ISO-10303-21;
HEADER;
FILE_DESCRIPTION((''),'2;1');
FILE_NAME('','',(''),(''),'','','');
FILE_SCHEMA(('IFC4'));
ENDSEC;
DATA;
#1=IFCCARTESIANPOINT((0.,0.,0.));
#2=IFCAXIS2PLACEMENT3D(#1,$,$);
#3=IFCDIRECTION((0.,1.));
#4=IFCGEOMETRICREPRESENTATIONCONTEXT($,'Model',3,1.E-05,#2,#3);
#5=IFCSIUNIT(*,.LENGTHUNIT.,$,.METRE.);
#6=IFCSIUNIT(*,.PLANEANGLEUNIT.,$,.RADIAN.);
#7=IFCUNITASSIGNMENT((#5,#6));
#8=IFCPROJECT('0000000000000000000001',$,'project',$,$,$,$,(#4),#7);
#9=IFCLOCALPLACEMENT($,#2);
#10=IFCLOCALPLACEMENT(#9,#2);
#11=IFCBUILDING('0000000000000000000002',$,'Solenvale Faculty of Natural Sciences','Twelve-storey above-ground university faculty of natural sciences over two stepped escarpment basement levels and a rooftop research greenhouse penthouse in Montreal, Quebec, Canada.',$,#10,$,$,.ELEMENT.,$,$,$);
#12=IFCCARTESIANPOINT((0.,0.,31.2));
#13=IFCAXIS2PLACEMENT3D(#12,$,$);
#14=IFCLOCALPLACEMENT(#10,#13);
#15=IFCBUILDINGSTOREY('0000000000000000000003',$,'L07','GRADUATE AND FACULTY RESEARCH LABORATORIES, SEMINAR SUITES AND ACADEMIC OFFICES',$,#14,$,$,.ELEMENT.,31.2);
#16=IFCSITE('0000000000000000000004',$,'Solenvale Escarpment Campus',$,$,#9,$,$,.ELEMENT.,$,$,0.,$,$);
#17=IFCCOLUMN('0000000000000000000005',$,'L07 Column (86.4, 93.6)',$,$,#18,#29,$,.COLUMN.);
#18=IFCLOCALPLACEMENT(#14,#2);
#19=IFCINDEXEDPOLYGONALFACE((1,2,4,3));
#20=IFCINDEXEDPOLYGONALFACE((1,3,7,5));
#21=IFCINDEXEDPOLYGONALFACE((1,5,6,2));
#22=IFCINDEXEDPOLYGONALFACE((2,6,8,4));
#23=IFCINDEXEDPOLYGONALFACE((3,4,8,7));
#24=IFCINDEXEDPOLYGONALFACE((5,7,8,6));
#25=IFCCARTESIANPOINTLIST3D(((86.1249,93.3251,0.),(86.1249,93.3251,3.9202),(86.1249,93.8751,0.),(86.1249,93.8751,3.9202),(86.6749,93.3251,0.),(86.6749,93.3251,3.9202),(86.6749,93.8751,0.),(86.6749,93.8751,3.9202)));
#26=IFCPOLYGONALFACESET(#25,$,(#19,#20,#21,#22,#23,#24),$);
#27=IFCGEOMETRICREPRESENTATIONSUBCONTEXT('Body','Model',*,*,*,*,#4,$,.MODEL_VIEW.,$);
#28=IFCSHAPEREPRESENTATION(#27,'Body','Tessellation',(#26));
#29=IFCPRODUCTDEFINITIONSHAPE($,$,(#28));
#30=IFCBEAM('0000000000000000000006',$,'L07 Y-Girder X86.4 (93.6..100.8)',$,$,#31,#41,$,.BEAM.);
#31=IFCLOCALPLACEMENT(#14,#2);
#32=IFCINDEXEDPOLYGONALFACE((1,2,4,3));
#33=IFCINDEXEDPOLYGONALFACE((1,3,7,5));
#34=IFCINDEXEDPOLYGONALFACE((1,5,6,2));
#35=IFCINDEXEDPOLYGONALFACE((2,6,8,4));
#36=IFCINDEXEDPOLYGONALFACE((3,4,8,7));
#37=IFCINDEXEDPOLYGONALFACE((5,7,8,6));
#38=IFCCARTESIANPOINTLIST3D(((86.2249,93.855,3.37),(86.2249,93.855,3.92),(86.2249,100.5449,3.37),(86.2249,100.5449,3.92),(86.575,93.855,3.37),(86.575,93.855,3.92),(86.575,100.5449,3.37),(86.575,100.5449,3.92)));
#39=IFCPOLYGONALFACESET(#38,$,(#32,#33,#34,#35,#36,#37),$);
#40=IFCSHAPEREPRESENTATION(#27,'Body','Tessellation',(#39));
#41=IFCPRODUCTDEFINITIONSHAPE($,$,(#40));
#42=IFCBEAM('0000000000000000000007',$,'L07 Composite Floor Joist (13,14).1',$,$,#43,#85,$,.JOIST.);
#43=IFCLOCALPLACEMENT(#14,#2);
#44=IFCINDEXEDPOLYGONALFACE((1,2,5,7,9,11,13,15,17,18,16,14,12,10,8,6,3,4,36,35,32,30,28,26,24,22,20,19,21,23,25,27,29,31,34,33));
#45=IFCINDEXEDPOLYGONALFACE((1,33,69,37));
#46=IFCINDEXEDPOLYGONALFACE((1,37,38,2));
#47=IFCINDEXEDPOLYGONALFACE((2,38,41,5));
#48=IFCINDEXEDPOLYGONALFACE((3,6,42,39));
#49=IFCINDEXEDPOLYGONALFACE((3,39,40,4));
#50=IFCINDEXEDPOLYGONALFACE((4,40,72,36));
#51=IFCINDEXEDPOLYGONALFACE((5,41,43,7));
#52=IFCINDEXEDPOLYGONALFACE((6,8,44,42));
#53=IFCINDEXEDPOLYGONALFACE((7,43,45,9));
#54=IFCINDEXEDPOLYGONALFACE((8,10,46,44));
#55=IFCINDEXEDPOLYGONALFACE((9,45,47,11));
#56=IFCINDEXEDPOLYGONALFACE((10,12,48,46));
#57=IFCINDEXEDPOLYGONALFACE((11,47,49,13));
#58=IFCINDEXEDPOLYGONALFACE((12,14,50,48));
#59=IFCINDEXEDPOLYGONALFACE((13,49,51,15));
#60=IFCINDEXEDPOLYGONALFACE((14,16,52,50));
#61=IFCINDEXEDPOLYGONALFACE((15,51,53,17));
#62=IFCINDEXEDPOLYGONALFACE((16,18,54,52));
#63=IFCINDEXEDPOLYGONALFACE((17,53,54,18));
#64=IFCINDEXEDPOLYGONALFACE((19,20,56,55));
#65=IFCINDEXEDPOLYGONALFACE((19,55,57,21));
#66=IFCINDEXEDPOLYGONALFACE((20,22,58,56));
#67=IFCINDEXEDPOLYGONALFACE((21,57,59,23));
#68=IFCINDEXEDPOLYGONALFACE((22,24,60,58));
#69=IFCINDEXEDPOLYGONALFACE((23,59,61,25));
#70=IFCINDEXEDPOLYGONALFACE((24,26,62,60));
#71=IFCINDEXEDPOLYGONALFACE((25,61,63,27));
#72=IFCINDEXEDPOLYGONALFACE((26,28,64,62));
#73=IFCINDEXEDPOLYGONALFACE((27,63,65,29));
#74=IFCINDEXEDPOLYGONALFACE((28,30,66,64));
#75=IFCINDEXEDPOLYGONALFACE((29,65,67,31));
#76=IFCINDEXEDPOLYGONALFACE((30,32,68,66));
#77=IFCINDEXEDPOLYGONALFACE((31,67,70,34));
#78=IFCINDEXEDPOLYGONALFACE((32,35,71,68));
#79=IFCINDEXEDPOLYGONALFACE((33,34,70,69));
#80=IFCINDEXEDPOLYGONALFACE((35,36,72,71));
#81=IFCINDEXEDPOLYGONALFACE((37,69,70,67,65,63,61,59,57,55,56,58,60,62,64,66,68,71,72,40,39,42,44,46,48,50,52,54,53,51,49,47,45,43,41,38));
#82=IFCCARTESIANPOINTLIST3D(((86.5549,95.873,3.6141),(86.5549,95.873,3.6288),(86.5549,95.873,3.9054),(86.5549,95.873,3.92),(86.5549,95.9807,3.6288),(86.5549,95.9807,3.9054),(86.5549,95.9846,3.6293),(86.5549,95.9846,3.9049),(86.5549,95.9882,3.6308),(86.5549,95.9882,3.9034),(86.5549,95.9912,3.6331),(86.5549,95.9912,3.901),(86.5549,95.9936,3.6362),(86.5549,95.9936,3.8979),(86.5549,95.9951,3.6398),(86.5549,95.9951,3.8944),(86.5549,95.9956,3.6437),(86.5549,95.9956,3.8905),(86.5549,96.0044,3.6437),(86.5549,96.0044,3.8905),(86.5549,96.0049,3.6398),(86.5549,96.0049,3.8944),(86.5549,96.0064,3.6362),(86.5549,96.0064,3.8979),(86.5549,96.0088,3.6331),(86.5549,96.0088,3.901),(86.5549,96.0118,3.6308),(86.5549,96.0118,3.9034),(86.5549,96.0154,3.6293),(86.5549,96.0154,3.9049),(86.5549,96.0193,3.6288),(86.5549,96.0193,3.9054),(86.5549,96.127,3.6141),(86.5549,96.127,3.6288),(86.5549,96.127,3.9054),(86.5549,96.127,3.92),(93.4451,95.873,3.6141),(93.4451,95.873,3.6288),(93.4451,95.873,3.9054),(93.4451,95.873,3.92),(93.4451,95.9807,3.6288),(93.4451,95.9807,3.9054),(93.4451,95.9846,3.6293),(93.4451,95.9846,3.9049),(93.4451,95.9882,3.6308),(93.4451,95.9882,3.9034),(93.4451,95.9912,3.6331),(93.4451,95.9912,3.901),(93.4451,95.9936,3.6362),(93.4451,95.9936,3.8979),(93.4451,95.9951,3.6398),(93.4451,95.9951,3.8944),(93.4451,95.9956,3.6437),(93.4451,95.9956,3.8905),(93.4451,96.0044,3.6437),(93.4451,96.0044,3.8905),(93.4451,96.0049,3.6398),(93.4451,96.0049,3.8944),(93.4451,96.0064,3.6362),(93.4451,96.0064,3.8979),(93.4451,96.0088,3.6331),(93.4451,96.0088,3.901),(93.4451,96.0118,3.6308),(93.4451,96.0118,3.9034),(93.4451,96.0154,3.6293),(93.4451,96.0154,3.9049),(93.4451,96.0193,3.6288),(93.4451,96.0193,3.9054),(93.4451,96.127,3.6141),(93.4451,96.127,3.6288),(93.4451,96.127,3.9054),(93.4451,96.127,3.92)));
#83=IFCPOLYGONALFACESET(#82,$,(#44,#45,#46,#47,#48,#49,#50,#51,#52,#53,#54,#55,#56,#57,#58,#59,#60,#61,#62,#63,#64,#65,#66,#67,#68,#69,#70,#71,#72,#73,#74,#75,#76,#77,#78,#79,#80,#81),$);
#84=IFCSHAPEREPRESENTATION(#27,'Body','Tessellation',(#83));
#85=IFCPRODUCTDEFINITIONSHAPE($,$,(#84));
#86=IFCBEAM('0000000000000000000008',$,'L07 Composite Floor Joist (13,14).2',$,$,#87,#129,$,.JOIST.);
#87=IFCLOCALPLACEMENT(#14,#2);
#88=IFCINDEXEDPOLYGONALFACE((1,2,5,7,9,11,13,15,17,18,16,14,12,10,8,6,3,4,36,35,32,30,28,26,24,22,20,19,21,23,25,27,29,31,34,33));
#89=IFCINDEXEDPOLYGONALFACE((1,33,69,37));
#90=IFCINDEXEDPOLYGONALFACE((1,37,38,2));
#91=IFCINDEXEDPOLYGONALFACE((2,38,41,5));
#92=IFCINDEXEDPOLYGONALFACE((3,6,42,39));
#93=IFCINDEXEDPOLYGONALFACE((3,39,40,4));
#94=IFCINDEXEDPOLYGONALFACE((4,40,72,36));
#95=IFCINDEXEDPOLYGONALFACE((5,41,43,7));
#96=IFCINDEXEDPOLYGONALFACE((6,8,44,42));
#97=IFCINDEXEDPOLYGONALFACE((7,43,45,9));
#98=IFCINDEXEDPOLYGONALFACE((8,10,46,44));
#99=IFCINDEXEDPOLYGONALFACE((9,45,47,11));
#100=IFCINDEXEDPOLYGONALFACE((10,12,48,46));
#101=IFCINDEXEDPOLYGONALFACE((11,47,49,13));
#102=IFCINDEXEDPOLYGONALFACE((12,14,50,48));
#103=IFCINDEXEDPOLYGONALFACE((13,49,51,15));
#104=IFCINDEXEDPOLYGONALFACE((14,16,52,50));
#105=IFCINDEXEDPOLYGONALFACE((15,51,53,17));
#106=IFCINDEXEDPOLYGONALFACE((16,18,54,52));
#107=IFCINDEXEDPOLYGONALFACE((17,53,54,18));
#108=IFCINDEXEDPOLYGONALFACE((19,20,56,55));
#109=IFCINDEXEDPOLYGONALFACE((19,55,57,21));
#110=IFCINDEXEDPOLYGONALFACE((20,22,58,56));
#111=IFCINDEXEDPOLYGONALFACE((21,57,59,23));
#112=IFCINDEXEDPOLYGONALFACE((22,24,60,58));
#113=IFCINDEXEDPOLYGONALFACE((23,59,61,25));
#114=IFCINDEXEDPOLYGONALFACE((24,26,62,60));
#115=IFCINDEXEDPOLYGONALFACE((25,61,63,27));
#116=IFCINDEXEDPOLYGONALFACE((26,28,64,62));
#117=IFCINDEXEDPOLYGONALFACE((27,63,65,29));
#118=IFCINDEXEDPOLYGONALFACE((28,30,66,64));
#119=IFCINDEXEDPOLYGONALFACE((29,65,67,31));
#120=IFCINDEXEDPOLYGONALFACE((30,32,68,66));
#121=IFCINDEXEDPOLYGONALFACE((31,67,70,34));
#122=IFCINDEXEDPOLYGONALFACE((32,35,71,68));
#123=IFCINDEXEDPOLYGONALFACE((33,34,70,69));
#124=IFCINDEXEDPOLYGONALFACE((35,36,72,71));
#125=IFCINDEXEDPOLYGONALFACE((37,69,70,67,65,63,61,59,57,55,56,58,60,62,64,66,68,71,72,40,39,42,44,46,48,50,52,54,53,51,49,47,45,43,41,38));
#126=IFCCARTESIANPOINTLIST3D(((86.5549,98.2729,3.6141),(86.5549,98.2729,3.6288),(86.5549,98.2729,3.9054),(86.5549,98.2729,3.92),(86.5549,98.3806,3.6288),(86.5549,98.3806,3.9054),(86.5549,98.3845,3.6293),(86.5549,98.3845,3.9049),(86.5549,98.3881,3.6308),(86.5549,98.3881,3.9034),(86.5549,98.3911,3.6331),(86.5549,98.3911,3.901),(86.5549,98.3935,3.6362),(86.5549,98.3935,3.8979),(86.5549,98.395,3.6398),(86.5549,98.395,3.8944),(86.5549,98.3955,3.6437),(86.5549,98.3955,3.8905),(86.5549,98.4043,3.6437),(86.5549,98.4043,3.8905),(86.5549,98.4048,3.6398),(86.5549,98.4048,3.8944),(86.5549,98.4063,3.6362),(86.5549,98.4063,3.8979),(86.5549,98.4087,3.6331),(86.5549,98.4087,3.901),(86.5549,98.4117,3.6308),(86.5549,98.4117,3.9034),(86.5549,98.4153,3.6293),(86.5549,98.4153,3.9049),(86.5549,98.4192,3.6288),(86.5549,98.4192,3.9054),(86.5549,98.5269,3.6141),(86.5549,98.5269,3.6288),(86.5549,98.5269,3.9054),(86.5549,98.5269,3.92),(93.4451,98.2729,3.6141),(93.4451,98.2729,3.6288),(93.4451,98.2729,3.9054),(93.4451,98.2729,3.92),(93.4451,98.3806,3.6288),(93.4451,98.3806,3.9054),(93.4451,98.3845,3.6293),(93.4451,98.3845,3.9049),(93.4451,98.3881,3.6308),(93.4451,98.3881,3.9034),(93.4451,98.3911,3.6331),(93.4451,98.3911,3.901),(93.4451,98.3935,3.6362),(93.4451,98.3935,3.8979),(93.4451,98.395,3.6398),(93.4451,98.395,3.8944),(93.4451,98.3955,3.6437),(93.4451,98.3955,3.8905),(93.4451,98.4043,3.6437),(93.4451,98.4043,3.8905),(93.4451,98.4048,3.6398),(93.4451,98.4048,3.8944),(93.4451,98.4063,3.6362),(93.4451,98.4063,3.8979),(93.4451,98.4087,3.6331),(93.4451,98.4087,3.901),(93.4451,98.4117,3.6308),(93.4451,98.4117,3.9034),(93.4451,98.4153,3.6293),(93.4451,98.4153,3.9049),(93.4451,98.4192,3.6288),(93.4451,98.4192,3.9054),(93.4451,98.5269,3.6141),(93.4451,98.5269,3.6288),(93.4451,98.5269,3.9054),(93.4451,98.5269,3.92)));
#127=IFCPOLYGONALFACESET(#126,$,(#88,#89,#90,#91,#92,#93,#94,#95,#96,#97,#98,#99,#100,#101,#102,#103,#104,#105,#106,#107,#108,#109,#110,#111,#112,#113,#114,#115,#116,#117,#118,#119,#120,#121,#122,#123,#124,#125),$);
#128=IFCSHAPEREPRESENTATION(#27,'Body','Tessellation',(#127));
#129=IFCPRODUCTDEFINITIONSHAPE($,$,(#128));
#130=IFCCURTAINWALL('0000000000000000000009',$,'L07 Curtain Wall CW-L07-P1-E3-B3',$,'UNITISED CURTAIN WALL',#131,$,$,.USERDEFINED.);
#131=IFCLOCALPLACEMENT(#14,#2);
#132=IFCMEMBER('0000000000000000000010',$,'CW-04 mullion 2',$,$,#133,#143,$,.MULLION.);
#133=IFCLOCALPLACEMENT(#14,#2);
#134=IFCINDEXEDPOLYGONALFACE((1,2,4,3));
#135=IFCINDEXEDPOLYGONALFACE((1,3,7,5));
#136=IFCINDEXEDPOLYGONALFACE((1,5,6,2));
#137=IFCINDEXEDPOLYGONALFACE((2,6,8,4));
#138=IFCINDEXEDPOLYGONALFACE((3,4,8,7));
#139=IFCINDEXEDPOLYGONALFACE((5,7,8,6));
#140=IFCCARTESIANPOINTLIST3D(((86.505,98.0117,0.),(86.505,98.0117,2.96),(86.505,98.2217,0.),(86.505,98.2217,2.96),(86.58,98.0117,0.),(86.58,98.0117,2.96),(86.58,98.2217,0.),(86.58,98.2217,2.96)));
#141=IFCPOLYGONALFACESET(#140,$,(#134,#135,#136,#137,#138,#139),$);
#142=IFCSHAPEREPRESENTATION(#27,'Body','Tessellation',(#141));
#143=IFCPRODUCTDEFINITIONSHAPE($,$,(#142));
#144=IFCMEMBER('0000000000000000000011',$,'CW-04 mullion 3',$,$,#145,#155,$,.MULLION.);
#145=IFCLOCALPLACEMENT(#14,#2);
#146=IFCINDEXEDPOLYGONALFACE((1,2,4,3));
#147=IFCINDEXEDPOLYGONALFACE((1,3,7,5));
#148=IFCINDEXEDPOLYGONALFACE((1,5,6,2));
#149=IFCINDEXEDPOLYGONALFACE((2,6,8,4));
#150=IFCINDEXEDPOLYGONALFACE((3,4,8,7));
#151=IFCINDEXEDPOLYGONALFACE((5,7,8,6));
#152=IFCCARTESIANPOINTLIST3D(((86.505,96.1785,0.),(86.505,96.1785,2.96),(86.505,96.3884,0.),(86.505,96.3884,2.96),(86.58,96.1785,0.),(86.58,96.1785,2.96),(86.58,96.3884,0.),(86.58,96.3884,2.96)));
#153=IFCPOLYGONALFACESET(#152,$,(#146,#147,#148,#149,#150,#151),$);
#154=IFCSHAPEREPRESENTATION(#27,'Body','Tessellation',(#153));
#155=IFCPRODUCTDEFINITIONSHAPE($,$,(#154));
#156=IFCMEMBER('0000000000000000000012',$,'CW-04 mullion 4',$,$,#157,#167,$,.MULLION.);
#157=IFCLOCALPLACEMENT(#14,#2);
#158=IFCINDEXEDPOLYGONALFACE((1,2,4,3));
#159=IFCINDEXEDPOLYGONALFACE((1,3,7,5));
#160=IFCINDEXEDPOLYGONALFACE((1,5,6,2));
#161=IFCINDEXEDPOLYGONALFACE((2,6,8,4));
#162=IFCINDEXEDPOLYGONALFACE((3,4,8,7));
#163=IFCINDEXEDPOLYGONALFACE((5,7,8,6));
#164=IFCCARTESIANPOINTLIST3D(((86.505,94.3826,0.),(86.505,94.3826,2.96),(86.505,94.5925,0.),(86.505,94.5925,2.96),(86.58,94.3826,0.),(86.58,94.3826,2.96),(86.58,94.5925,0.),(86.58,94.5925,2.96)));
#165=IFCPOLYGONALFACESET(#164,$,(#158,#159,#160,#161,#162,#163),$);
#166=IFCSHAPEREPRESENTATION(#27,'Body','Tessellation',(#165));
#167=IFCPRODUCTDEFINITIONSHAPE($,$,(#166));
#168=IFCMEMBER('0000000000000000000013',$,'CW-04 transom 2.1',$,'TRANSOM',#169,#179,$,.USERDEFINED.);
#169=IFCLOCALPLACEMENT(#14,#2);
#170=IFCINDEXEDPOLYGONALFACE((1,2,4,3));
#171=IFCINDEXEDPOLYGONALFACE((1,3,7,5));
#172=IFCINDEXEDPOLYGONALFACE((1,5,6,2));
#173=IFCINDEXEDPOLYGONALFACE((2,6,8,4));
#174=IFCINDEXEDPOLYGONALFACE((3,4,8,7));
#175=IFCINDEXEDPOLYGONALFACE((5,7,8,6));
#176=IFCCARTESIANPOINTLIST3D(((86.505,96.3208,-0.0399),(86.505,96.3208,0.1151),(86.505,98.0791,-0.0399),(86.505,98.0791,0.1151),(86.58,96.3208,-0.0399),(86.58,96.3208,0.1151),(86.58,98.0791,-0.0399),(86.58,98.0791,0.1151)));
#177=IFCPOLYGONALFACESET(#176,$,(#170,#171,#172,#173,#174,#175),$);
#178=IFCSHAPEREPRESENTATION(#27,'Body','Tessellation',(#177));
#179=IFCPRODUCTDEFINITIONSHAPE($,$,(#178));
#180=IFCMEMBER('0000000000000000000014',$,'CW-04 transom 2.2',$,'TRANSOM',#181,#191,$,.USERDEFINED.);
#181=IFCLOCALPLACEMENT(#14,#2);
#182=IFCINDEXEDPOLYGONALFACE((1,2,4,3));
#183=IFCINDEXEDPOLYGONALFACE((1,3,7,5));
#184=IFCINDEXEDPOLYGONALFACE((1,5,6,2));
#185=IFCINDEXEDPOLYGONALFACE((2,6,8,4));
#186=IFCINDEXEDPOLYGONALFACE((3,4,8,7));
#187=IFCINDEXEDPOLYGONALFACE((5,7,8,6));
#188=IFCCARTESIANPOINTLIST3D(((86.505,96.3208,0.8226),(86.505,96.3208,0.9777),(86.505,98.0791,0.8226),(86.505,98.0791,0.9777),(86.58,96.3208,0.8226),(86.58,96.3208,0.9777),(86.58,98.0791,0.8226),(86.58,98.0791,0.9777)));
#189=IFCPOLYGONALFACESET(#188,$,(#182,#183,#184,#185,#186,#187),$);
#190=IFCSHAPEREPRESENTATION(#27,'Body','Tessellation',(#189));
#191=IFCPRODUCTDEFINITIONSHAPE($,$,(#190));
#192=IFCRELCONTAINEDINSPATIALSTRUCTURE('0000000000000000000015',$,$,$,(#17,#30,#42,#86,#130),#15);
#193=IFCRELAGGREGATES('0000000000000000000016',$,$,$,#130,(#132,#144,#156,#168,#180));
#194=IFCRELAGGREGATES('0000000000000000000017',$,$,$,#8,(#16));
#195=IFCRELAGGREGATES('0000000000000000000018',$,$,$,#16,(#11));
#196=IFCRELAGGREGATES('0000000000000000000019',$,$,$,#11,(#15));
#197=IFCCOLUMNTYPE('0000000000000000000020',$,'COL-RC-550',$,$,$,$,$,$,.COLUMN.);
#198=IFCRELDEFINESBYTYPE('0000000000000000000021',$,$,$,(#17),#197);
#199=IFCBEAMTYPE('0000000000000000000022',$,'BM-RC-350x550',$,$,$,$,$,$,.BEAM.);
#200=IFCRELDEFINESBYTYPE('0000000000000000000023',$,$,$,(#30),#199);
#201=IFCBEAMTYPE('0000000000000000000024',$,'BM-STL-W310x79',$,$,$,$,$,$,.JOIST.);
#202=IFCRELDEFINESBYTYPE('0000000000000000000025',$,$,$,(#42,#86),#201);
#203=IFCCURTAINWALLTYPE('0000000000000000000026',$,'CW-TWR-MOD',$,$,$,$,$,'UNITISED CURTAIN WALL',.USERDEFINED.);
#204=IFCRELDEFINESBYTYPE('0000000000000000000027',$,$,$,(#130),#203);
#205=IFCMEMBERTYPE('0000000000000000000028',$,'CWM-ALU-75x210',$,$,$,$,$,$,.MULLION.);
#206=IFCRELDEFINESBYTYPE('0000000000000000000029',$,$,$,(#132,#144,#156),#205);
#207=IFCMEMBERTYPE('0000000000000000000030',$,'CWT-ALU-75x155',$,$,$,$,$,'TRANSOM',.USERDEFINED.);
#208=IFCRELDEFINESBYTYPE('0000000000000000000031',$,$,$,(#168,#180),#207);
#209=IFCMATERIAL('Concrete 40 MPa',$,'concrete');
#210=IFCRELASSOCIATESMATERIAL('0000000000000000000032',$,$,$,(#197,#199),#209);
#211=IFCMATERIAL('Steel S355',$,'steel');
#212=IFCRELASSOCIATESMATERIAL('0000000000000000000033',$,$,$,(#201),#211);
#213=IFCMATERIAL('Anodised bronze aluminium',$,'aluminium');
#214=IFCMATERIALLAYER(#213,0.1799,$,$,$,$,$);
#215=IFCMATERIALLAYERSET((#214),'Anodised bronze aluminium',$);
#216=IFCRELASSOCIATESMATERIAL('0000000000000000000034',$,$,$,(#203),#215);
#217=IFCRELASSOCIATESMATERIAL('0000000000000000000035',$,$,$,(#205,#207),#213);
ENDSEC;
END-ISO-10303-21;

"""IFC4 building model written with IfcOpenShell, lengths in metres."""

from ifc_helpers import new_model, si_unit, direction, frame, origin, origin_2d, place, context, subcontext, project, spatial, rectangle, i_section, extrude, material, layer, layer_set, material_profile, profile_set, type_object, element, aggregate, save


model = new_model("IFC4")

# Units and contexts
model_context = context("Model", 3, precision=1e-05, world=origin(), true_north=direction((0.0, 1.0)))
body_context = subcontext(model_context, "Body", "Model", "MODEL_VIEW")
ifc_project = project(units=[si_unit("LENGTHUNIT", "METRE"), si_unit("PLANEANGLEUNIT", "RADIAN")], contexts=[model_context])

# Site, building, storey
site_placement = place(None, origin())
site = spatial("IfcSite", under=ifc_project, at=site_placement, Name="Solenvale Escarpment Campus", CompositionType="ELEMENT", RefElevation=0.0)
building_placement = place(site_placement, origin())
building = spatial("IfcBuilding", under=site, at=building_placement, Name="Solenvale Faculty of Natural Sciences", Description="Twelve-storey above-ground university faculty of natural sciences over two stepped escarpment basement levels and a rooftop research greenhouse penthouse in Montreal, Quebec, Canada.", CompositionType="ELEMENT")
storey_placement = place(building_placement, frame((0.0, 0.0, 31.2)))
storey = spatial("IfcBuildingStorey", under=building, at=storey_placement, Name="L07", Description="GRADUATE AND FACULTY RESEARCH LABORATORIES, SEMINAR SUITES AND ACADEMIC OFFICES", CompositionType="ELEMENT", Elevation=31.2)

# Column
ifc_material_1 = material(Name="Concrete 40 MPa", Category="concrete")
ifc_material_profile_1 = material_profile(ifc_material_1, rectangle(XDim=0.55, YDim=0.55, at=origin_2d()), Name="RC-COL-550x550")
ifc_profile_set_1 = profile_set([ifc_material_profile_1], Name="Concrete 40 MPa")
column_type = type_object("IfcColumnType", Name="COL-RC-550", PredefinedType="COLUMN", material=ifc_profile_set_1)
column_placement = place(storey_placement, frame((86.3999, 93.6001, 0.0), z_axis=(0.0, 0.0, 1.0), x_axis=(1.0, 0.0, 0.0)))
element("IfcColumn", 1, at=column_placement, inside=storey, type_object=column_type, Name="L07 Column (86.4, 93.6)", PredefinedType="COLUMN", context=body_context, shape_type="SweptSolid", body=[
    extrude(rectangle(XDim=0.55, YDim=0.55, at=origin_2d()), origin(), (0.0, 0.0, 1.0), 3.9202),
])

# Beams
ifc_material_profile_2 = material_profile(ifc_material_1, rectangle(XDim=0.3501, YDim=0.55, at=origin_2d()), Name="RC-BM-350x550")
ifc_profile_set_2 = profile_set([ifc_material_profile_2], Name="Concrete 40 MPa")
beam_type_1 = type_object("IfcBeamType", Name="BM-RC-350x550", PredefinedType="BEAM", material=ifc_profile_set_2)
beam_placement = place(storey_placement, frame((86.3999, 93.855, 3.645), z_axis=(0.0, 1.0, 0.0), x_axis=(-1.0, 0.0, 0.0)))
element("IfcBeam", 2, at=beam_placement, inside=storey, type_object=beam_type_1, Name="L07 Y-Girder X86.4 (93.6..100.8)", PredefinedType="BEAM", context=body_context, shape_type="SweptSolid", body=[
    extrude(rectangle(XDim=0.3501, YDim=0.55, at=origin_2d()), origin(), (0.0, 0.0, 1.0), 6.6899),
])
ifc_material_2 = material(Name="Steel S355", Category="steel")
ifc_material_profile_3 = material_profile(ifc_material_2, i_section(OverallWidth=0.2539, OverallDepth=0.3059, WebThickness=0.0088, FlangeThickness=0.0146, FilletRadius=0.0149, at=origin_2d()), Name="W310x79")
ifc_profile_set_3 = profile_set([ifc_material_profile_3], Name="Steel S355")
beam_type_2 = type_object("IfcBeamType", Name="BM-STL-W310x79", PredefinedType="JOIST", material=ifc_profile_set_3)
for number, where, z_axis, x_axis, name in (
    (3, (86.5549, 96.0, 3.7671), (1.0, 0.0, 0.0), (0.0, 1.0, 0.0), "L07 Composite Floor Joist (13,14).1"),
    (4, (86.5549, 98.3999, 3.7671), (1.0, 0.0, 0.0), (0.0, 1.0, 0.0), "L07 Composite Floor Joist (13,14).2"),
):
    element("IfcBeam", number, at=place(storey_placement, frame(where, z_axis=z_axis, x_axis=x_axis)), inside=storey, type_object=beam_type_2, Name=name, PredefinedType="JOIST", context=body_context, shape_type="SweptSolid", body=[
        extrude(i_section(OverallWidth=0.2539, OverallDepth=0.3059, WebThickness=0.0088, FlangeThickness=0.0146, FilletRadius=0.0149, at=origin_2d()), origin(), (0.0, 0.0, 1.0), 6.8901),
    ])

# Curtain wall, members
ifc_material_3 = material(Name="Anodised bronze aluminium", Category="aluminium")
ifc_layer_1 = layer(ifc_material_3, 0.1799)
ifc_layer_set_1 = layer_set([ifc_layer_1], Name="Anodised bronze aluminium")
curtain_wall_type = type_object("IfcCurtainWallType", Name="CW-TWR-MOD", ElementType="UNITISED CURTAIN WALL", PredefinedType="USERDEFINED", material=ifc_layer_set_1)
curtain_wall_placement = place(storey_placement, origin())
curtain_wall = element("IfcCurtainWall", 5, at=curtain_wall_placement, inside=storey, type_object=curtain_wall_type, Name="L07 Curtain Wall CW-L07-P1-E3-B3", ObjectType="UNITISED CURTAIN WALL", PredefinedType="USERDEFINED")
ifc_material_profile_4 = material_profile(ifc_material_3, rectangle(XDim=0.075, YDim=0.21, at=origin_2d()), Name="ALU-MUL-75x210")
ifc_profile_set_4 = profile_set([ifc_material_profile_4], Name="Anodised bronze aluminium")
member_type_1 = type_object("IfcMemberType", Name="CWM-ALU-75x210", PredefinedType="MULLION", material=ifc_profile_set_4)
member_1_placement = place(storey_placement, frame((86.5425, 98.1167, 0.0), z_axis=(0.0, 0.0, 1.0), x_axis=(1.0, 0.0, 0.0)))
member_1 = element("IfcMember", 6, at=member_1_placement, type_object=member_type_1, Name="CW-04 mullion 2", PredefinedType="MULLION", context=body_context, shape_type="SweptSolid", body=[
    extrude(rectangle(XDim=0.075, YDim=0.21, at=origin_2d()), origin(), (0.0, 0.0, 1.0), 2.96),
])
member_2_placement = place(storey_placement, frame((86.5425, 96.2834, 0.0), z_axis=(0.0, 0.0, 1.0), x_axis=(1.0, 0.0, 0.0)))
member_2 = element("IfcMember", 7, at=member_2_placement, type_object=member_type_1, Name="CW-04 mullion 3", PredefinedType="MULLION", context=body_context, shape_type="SweptSolid", body=[
    extrude(rectangle(XDim=0.075, YDim=0.21, at=origin_2d()), origin(), (0.0, 0.0, 1.0), 2.96),
])
member_3_placement = place(storey_placement, frame((86.5425, 94.4875, 0.0), z_axis=(0.0, 0.0, 1.0), x_axis=(1.0, 0.0, 0.0)))
member_3 = element("IfcMember", 8, at=member_3_placement, type_object=member_type_1, Name="CW-04 mullion 4", PredefinedType="MULLION", context=body_context, shape_type="SweptSolid", body=[
    extrude(rectangle(XDim=0.075, YDim=0.21, at=origin_2d()), origin(), (0.0, 0.0, 1.0), 2.96),
])
ifc_material_profile_5 = material_profile(ifc_material_3, rectangle(XDim=0.075, YDim=0.155, at=origin_2d()), Name="ALU-TRN-75x155")
ifc_profile_set_5 = profile_set([ifc_material_profile_5], Name="Anodised bronze aluminium")
member_type_2 = type_object("IfcMemberType", Name="CWT-ALU-75x155", ElementType="TRANSOM", PredefinedType="USERDEFINED", material=ifc_profile_set_5)
member_4_placement = place(storey_placement, frame((86.5425, 98.0791, 0.0376), z_axis=(0.0, -1.0, 0.0), x_axis=(1.0, 0.0, 0.0)))
member_4 = element("IfcMember", 9, at=member_4_placement, type_object=member_type_2, Name="CW-04 transom 2.1", ObjectType="TRANSOM", PredefinedType="USERDEFINED", context=body_context, shape_type="SweptSolid", body=[
    extrude(rectangle(XDim=0.075, YDim=0.155, at=origin_2d()), origin(), (0.0, 0.0, 1.0), 1.7583),
])
member_5_placement = place(storey_placement, frame((86.5425, 98.0791, 0.9001), z_axis=(0.0, -1.0, 0.0), x_axis=(1.0, 0.0, 0.0)))
member_5 = element("IfcMember", 10, at=member_5_placement, type_object=member_type_2, Name="CW-04 transom 2.2", ObjectType="TRANSOM", PredefinedType="USERDEFINED", context=body_context, shape_type="SweptSolid", body=[
    extrude(rectangle(XDim=0.075, YDim=0.155, at=origin_2d()), origin(), (0.0, 0.0, 1.0), 1.7583),
])
aggregate(curtain_wall, [member_1, member_2, member_3, member_4, member_5])

save(model, "model.ifc")
